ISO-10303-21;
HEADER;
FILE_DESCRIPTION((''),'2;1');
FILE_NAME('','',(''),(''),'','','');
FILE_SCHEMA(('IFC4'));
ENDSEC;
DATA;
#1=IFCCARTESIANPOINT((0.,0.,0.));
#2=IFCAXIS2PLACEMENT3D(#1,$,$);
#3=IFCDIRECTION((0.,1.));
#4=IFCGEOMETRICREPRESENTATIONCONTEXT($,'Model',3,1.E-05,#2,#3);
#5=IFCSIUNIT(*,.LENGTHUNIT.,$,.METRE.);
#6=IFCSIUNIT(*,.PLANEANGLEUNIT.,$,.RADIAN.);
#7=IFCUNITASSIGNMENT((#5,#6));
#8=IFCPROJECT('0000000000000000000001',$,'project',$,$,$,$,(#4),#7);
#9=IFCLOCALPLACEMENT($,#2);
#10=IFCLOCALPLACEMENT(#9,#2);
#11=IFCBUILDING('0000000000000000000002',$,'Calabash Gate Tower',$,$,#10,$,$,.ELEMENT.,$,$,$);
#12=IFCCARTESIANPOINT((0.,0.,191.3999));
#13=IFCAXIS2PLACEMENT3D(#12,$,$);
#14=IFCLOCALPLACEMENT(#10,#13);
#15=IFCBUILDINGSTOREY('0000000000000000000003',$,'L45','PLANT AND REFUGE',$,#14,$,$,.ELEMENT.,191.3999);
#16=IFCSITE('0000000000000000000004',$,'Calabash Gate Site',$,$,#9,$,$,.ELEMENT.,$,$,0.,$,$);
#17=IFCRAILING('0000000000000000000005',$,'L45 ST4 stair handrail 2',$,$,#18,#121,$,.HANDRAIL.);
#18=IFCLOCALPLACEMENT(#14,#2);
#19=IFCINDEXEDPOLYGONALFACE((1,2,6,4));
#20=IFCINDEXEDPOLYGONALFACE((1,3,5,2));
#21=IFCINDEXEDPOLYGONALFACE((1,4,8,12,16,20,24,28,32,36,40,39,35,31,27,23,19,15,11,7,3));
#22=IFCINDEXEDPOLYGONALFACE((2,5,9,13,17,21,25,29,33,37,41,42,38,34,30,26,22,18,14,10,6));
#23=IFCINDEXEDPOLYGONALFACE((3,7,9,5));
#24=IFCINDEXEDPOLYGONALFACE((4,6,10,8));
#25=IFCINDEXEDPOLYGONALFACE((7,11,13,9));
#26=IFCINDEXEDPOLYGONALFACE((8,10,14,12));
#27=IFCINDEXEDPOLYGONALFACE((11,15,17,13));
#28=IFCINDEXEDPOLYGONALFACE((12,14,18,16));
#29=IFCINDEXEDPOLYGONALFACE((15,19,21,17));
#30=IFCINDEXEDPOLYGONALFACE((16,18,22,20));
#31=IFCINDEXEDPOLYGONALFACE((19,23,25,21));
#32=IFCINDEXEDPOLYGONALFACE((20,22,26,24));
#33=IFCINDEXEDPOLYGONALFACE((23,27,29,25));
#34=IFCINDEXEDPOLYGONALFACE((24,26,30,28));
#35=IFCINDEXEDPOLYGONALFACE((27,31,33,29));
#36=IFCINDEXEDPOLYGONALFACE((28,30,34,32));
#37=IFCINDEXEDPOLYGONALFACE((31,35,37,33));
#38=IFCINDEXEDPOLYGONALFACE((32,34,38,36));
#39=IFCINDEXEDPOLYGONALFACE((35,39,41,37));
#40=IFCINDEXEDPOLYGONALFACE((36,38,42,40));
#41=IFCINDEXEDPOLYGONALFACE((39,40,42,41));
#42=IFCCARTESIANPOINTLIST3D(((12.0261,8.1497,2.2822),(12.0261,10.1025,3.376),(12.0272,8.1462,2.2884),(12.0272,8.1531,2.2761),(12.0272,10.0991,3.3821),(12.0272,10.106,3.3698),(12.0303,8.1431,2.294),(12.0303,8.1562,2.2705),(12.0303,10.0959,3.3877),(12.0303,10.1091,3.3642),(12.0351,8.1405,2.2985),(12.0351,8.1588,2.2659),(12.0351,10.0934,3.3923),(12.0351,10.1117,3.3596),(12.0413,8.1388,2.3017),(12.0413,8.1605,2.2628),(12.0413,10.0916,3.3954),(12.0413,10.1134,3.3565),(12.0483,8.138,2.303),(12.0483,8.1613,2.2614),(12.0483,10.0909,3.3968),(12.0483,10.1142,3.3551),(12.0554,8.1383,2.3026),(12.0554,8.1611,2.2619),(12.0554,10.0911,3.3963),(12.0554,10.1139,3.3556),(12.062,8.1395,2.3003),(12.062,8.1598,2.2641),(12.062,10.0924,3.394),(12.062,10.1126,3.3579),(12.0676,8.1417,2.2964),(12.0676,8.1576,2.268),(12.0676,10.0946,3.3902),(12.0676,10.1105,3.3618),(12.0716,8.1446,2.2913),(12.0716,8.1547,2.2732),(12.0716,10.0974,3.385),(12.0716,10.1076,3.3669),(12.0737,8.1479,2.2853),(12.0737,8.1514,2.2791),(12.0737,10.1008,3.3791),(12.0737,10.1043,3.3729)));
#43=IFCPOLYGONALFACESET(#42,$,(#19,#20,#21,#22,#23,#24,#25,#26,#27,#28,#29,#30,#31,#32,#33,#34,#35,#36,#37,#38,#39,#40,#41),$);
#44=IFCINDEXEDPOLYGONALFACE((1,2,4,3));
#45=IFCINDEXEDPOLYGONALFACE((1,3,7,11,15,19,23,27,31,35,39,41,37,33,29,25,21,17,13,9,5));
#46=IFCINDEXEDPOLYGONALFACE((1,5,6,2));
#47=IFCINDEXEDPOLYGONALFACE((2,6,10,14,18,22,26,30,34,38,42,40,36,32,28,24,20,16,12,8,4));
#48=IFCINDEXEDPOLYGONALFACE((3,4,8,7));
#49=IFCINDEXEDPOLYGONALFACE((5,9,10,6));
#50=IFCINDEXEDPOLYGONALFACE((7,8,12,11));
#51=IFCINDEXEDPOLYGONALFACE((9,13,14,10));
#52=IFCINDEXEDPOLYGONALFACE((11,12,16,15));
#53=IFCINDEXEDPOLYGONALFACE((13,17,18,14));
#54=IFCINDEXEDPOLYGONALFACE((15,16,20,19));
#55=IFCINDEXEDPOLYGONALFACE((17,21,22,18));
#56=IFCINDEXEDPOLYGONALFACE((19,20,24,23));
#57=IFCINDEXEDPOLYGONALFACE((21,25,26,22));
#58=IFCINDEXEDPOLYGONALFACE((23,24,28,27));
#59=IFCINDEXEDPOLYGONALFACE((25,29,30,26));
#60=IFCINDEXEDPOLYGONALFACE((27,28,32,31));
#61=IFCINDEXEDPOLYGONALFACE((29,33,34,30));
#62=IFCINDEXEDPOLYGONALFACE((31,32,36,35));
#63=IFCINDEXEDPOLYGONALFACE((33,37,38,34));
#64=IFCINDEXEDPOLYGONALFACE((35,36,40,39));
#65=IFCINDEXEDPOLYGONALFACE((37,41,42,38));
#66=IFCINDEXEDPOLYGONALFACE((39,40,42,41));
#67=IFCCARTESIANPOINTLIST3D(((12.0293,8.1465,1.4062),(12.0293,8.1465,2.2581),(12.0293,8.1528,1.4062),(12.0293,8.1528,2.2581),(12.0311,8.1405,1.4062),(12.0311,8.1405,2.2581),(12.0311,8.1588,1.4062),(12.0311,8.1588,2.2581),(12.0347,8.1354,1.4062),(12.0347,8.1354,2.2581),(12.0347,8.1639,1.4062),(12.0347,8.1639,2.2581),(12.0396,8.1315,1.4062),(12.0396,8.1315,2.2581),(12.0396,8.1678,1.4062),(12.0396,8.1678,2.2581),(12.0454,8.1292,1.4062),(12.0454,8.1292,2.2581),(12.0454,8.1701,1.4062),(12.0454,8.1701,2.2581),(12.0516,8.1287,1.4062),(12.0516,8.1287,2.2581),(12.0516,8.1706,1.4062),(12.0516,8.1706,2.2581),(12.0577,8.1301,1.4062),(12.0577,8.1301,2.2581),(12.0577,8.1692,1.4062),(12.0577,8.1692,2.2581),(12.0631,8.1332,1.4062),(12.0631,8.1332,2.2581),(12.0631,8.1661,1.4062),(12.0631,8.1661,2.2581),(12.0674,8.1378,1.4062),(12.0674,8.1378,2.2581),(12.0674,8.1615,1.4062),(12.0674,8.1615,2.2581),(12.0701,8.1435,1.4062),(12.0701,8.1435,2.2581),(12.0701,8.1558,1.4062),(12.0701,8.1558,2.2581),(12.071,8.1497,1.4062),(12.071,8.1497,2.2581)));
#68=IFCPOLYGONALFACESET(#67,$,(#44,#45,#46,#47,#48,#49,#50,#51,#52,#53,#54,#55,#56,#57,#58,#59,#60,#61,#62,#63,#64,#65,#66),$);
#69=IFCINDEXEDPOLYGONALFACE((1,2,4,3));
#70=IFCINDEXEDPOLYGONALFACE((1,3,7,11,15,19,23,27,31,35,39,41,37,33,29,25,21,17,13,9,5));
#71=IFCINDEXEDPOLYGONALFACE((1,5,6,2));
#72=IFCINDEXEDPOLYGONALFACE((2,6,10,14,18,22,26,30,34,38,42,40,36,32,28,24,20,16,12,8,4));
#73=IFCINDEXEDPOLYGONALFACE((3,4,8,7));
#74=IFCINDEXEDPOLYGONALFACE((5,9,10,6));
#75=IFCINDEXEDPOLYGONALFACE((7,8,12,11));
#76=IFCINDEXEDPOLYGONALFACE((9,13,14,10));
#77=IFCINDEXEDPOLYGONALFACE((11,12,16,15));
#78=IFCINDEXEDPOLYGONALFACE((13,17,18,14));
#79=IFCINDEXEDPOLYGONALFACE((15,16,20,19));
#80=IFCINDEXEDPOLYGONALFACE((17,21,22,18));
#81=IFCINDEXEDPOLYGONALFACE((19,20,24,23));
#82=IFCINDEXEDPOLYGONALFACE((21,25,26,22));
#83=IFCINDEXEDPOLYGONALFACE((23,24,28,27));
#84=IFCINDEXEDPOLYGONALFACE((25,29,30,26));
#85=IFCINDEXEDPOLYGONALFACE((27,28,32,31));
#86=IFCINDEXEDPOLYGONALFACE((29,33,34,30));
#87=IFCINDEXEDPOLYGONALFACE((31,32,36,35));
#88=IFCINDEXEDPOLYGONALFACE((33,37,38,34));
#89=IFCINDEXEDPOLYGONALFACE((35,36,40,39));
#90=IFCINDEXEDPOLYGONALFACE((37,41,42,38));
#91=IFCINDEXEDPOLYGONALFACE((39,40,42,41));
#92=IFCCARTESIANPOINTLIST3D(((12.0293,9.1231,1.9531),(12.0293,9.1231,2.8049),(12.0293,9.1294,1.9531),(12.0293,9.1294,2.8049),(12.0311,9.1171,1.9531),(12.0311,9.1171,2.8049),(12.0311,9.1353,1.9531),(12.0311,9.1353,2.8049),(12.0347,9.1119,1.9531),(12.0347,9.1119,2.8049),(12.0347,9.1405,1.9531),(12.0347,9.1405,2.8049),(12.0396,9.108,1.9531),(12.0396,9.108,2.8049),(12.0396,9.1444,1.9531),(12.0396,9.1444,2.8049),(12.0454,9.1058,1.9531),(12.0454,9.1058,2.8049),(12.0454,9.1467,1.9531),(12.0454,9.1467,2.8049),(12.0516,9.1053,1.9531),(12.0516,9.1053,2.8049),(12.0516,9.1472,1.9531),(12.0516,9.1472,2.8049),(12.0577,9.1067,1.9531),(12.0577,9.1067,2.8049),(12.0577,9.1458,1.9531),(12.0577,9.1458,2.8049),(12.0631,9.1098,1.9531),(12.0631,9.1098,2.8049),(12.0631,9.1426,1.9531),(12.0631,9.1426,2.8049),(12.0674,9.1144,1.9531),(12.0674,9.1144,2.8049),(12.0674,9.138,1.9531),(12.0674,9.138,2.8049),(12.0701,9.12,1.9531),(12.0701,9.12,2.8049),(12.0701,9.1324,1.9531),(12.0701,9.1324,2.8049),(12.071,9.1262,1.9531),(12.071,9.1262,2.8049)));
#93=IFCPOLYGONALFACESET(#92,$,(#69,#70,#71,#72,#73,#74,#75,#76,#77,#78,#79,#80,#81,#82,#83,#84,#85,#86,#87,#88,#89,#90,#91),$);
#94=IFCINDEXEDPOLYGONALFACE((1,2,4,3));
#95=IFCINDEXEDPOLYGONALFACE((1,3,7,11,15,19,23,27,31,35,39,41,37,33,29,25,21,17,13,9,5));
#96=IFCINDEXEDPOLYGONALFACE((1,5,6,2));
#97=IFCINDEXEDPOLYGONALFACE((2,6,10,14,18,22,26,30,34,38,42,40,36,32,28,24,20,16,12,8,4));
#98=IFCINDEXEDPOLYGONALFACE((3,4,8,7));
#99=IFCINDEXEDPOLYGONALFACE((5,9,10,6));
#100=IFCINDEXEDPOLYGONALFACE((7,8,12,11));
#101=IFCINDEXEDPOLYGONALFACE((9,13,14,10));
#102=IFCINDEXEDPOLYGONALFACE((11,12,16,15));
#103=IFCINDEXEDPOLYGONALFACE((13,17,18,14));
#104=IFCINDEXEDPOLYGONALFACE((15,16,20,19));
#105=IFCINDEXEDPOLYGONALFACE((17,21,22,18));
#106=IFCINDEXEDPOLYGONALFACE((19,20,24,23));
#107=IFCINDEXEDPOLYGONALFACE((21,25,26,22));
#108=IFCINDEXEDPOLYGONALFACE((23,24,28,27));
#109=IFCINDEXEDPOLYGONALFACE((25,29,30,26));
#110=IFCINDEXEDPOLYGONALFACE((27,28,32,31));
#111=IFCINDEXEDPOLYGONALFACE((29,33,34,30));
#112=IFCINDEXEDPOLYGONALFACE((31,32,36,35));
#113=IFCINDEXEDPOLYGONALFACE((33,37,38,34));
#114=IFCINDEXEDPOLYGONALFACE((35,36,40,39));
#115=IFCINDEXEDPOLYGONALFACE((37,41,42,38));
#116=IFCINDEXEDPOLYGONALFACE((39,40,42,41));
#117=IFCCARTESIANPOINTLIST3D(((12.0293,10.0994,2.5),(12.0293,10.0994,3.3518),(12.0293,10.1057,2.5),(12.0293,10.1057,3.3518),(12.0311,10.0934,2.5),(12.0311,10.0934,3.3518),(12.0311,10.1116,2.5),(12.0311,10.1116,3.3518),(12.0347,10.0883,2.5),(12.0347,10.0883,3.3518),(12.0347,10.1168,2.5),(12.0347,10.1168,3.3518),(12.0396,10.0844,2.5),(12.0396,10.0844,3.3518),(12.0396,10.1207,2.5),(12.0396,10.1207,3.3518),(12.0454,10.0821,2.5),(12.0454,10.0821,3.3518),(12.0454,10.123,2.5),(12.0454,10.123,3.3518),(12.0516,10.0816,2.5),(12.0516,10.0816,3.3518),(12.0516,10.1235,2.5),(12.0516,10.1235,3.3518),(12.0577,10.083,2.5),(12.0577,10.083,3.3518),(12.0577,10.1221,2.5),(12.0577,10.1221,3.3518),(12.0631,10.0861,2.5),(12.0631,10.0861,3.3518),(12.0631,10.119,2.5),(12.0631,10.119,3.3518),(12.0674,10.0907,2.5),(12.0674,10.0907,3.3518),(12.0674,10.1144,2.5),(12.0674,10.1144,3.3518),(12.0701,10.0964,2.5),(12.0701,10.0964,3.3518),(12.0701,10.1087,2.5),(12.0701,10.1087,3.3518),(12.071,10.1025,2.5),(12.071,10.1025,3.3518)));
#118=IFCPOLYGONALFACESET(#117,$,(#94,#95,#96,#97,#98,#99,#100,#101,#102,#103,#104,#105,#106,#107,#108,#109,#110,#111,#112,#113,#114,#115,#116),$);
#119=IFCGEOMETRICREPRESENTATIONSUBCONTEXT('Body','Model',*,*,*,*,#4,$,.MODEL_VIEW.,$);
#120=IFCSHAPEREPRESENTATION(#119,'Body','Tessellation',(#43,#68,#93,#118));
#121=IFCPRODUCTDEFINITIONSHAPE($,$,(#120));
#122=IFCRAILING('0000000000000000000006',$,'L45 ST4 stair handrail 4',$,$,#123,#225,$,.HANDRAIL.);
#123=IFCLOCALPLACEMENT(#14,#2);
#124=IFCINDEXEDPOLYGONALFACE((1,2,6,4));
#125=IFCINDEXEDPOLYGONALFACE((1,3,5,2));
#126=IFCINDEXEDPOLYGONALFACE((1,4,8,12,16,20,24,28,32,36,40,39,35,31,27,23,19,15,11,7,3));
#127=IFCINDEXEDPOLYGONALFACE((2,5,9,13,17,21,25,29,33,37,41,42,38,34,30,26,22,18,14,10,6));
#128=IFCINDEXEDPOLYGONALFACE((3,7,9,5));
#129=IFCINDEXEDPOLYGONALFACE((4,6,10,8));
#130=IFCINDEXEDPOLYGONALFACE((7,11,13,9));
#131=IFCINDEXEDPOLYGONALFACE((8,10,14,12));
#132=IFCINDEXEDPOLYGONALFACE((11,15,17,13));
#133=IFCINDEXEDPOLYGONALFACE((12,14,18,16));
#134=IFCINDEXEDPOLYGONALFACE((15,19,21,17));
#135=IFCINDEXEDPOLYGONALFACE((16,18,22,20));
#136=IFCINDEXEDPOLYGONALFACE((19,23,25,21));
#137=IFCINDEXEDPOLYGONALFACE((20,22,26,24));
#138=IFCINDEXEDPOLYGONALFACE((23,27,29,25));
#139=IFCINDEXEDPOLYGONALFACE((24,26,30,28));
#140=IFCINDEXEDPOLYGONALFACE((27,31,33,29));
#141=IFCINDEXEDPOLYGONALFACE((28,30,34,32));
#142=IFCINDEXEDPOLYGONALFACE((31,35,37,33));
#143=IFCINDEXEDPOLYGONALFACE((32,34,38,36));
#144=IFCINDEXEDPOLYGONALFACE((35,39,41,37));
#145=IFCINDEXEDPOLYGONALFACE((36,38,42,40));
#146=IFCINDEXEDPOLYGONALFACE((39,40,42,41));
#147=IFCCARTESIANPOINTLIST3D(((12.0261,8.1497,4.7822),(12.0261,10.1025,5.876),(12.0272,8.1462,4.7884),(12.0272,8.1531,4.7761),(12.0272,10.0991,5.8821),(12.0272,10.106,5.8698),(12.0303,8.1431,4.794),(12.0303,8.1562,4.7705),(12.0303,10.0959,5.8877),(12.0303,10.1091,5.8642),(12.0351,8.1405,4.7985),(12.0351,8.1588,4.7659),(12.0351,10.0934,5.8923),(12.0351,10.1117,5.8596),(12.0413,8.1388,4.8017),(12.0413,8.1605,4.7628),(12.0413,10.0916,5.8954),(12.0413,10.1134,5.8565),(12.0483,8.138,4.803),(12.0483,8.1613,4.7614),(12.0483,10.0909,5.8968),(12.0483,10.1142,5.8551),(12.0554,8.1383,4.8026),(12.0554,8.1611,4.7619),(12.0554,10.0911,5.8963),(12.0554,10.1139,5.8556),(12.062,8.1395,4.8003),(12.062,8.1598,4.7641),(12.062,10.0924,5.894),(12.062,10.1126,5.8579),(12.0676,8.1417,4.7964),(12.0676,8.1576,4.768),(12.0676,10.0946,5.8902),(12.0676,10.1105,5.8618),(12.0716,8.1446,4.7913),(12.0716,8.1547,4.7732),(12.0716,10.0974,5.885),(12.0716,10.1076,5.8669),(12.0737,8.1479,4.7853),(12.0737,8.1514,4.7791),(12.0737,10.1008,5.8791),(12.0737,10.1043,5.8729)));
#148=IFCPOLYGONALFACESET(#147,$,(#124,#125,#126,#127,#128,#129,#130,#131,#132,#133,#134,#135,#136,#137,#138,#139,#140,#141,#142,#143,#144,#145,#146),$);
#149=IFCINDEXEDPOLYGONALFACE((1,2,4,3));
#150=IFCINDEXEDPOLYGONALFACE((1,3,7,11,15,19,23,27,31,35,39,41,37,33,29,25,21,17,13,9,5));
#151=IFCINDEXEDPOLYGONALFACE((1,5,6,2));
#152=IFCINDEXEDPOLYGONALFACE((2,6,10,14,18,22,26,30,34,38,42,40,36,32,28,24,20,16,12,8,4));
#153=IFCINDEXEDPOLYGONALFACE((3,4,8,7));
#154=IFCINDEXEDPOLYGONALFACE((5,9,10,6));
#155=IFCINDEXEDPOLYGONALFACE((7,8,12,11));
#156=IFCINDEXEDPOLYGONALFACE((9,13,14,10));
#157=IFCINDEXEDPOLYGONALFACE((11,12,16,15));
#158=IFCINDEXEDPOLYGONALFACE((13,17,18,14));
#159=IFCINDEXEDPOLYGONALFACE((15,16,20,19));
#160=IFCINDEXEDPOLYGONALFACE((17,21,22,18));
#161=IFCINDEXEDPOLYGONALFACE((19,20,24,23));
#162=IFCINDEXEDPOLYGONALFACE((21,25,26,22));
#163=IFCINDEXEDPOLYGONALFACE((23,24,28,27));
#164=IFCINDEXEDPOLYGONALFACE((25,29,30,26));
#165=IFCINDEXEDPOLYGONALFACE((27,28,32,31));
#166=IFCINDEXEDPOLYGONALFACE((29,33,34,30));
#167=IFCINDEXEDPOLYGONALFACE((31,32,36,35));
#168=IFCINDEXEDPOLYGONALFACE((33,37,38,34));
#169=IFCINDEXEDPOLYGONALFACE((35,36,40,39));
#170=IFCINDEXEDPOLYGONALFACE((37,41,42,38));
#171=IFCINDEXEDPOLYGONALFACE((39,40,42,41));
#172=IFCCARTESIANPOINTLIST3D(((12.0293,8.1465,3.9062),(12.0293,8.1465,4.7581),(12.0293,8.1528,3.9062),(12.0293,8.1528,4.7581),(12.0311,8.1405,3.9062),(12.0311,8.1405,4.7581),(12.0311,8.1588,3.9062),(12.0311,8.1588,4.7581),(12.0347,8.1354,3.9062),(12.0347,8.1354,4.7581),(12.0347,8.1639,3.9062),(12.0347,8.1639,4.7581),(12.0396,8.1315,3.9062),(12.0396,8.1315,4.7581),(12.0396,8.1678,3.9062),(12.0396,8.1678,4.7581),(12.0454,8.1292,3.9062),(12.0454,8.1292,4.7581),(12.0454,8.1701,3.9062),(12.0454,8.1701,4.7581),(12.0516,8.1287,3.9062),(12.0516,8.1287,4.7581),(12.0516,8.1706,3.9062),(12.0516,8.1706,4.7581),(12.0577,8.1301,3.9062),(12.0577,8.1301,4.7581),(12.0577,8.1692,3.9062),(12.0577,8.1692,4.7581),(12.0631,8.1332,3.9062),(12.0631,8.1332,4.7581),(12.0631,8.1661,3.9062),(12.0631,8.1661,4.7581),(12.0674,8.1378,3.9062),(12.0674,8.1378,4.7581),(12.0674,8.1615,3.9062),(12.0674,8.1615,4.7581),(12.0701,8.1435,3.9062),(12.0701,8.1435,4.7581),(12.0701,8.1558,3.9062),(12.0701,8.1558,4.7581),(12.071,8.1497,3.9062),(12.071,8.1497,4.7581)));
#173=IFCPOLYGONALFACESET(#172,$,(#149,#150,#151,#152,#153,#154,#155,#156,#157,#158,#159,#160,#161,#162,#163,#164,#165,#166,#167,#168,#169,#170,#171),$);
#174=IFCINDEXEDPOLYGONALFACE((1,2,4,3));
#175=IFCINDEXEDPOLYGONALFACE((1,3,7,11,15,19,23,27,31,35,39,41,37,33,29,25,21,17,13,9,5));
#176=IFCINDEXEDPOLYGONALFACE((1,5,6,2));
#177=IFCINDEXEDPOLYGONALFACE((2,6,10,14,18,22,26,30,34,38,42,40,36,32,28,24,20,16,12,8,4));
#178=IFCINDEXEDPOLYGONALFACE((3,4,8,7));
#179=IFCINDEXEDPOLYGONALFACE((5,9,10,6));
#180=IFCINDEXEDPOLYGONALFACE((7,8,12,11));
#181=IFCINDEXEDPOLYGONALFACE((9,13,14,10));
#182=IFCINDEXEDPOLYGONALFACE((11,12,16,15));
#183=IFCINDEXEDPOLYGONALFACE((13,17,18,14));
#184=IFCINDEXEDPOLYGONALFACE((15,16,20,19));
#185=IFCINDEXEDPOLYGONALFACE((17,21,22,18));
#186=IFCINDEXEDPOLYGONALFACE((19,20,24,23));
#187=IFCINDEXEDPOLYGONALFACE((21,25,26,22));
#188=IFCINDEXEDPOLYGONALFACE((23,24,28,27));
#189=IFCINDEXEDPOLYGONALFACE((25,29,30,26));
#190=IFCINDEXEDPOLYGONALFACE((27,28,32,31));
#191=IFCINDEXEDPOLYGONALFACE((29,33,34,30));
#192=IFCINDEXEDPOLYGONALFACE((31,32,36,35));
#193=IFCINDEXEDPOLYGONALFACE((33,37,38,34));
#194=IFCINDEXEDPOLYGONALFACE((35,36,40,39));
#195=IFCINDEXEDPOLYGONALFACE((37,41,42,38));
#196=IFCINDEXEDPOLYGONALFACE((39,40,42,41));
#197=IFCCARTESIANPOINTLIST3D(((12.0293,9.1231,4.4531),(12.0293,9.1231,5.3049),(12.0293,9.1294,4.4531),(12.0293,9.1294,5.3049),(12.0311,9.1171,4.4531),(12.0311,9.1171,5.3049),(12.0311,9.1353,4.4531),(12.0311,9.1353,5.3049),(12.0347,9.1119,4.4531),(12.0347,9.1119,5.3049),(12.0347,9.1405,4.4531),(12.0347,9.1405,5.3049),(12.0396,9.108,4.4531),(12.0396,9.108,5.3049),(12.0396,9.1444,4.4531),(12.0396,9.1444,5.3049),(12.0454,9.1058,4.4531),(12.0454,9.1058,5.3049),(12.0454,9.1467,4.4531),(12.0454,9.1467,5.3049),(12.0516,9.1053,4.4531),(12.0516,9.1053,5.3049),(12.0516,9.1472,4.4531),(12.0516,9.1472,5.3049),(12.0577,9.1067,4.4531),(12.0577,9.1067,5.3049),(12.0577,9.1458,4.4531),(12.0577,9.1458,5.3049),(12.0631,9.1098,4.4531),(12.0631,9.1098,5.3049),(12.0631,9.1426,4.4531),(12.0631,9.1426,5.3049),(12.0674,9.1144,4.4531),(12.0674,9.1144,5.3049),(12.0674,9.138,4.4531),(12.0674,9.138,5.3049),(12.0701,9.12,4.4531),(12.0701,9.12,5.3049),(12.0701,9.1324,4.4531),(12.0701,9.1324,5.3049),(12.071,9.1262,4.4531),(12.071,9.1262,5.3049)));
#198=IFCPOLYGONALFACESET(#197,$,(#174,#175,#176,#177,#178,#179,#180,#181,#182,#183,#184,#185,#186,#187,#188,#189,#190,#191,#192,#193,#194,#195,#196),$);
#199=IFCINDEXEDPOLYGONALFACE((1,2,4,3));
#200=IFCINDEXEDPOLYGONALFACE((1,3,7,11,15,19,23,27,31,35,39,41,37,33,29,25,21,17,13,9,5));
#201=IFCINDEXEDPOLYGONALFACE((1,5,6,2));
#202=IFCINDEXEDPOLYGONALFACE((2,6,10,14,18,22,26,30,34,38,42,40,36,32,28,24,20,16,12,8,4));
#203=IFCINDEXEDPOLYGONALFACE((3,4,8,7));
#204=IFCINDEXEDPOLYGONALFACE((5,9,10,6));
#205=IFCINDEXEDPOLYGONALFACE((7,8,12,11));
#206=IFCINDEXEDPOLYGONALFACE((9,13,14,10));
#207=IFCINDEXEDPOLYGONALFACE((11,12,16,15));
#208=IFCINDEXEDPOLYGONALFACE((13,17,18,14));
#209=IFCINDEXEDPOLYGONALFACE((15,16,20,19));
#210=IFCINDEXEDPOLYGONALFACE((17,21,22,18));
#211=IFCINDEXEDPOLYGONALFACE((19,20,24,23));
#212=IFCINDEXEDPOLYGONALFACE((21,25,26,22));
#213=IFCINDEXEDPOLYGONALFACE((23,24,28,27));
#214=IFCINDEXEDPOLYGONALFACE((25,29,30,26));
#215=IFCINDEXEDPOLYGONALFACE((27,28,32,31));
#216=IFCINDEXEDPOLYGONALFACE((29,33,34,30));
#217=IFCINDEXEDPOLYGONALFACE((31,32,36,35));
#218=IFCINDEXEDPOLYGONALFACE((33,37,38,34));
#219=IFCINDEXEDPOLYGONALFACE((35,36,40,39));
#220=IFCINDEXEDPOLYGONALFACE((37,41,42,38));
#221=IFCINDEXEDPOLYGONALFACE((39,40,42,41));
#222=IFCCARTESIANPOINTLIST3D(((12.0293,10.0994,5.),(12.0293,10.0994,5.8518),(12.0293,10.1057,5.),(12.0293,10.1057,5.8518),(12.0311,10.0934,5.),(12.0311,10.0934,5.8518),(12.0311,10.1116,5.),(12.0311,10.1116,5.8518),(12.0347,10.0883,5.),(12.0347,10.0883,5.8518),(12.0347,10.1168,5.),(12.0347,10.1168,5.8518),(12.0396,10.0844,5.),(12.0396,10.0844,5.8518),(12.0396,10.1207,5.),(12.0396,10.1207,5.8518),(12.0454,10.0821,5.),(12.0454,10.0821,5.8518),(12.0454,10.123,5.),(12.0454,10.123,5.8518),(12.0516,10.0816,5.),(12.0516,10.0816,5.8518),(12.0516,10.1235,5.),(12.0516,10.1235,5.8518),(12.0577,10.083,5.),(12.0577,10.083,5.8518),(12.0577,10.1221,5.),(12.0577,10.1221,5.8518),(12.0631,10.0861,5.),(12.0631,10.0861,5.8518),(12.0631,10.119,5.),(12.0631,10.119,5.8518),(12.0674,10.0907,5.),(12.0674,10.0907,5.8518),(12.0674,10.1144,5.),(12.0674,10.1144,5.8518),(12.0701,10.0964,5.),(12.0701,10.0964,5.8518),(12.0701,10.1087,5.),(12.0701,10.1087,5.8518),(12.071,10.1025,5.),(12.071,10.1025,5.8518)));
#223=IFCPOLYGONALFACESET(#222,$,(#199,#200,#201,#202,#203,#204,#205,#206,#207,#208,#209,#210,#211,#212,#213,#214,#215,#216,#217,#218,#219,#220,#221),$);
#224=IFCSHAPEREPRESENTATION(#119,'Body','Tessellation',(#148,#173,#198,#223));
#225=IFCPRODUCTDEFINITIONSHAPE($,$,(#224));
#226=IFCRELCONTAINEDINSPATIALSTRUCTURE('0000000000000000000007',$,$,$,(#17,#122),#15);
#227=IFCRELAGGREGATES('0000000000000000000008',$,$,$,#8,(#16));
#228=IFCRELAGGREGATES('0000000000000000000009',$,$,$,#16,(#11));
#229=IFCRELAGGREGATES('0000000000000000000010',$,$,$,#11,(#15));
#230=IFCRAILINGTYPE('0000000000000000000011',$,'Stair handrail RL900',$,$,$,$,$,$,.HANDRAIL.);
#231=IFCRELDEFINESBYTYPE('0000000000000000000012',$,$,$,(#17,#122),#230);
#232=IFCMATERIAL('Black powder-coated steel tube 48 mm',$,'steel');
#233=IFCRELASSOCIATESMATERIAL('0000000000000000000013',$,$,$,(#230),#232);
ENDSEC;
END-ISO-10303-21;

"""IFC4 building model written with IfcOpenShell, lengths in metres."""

from ifc_helpers import new_model, si_unit, direction, frame, origin, origin_2d, place, context, subcontext, project, spatial, circle, extrude, material, type_object, element, save


model = new_model("IFC4")

# Units and contexts
model_context = context("Model", 3, precision=1e-05, world=origin(), true_north=direction((0.0, 1.0)))
body_context = subcontext(model_context, "Body", "Model", "MODEL_VIEW")
ifc_project = project(units=[si_unit("LENGTHUNIT", "METRE"), si_unit("PLANEANGLEUNIT", "RADIAN")], contexts=[model_context])

# Site, building, storey
site_placement = place(None, origin())
site = spatial("IfcSite", under=ifc_project, at=site_placement, Name="Calabash Gate Site", CompositionType="ELEMENT", RefElevation=0.0)
building_placement = place(site_placement, origin())
building = spatial("IfcBuilding", under=site, at=building_placement, Name="Calabash Gate Tower", CompositionType="ELEMENT")
storey_placement = place(building_placement, frame((0.0, 0.0, 191.3999)))
storey = spatial("IfcBuildingStorey", under=building, at=storey_placement, Name="L45", Description="PLANT AND REFUGE", CompositionType="ELEMENT", Elevation=191.3999)

# Railings
ifc_material_1 = material(Name="Black powder-coated steel tube 48 mm", Category="steel")
railing_type = type_object("IfcRailingType", Name="Stair handrail RL900", PredefinedType="HANDRAIL", material=ifc_material_1)
for number, where, name in (
    (1, (12.05, 8.1497, 1.4062), "L45 ST4 stair handrail 2"),
    (2, (12.05, 8.1497, 3.9062), "L45 ST4 stair handrail 4"),
):
    element("IfcRailing", number, at=place(storey_placement, frame(where)), inside=storey, type_object=railing_type, Name=name, PredefinedType="HANDRAIL", context=body_context, shape_type="SweptSolid", body=[
        extrude(circle(Radius=0.0239, at=origin_2d()), frame((0.0, 0.0, 0.876), z_axis=(0.0, 0.87248, 0.48865), x_axis=(-1.0, 0.0, 0.0)), (0.0, 0.0, 1.0), 2.2383),
        extrude(circle(Radius=0.021, at=origin_2d()), origin(), (0.0, 0.0, 1.0), 0.8518),
        extrude(circle(Radius=0.021, at=origin_2d()), frame((0.0, 0.9766, 0.5469)), (0.0, 0.0, 1.0), 0.8518),
        extrude(circle(Radius=0.021, at=origin_2d()), frame((0.0, 1.9529, 1.0938)), (0.0, 0.0, 1.0), 0.8518),
    ])

save(model, "model.ifc")
